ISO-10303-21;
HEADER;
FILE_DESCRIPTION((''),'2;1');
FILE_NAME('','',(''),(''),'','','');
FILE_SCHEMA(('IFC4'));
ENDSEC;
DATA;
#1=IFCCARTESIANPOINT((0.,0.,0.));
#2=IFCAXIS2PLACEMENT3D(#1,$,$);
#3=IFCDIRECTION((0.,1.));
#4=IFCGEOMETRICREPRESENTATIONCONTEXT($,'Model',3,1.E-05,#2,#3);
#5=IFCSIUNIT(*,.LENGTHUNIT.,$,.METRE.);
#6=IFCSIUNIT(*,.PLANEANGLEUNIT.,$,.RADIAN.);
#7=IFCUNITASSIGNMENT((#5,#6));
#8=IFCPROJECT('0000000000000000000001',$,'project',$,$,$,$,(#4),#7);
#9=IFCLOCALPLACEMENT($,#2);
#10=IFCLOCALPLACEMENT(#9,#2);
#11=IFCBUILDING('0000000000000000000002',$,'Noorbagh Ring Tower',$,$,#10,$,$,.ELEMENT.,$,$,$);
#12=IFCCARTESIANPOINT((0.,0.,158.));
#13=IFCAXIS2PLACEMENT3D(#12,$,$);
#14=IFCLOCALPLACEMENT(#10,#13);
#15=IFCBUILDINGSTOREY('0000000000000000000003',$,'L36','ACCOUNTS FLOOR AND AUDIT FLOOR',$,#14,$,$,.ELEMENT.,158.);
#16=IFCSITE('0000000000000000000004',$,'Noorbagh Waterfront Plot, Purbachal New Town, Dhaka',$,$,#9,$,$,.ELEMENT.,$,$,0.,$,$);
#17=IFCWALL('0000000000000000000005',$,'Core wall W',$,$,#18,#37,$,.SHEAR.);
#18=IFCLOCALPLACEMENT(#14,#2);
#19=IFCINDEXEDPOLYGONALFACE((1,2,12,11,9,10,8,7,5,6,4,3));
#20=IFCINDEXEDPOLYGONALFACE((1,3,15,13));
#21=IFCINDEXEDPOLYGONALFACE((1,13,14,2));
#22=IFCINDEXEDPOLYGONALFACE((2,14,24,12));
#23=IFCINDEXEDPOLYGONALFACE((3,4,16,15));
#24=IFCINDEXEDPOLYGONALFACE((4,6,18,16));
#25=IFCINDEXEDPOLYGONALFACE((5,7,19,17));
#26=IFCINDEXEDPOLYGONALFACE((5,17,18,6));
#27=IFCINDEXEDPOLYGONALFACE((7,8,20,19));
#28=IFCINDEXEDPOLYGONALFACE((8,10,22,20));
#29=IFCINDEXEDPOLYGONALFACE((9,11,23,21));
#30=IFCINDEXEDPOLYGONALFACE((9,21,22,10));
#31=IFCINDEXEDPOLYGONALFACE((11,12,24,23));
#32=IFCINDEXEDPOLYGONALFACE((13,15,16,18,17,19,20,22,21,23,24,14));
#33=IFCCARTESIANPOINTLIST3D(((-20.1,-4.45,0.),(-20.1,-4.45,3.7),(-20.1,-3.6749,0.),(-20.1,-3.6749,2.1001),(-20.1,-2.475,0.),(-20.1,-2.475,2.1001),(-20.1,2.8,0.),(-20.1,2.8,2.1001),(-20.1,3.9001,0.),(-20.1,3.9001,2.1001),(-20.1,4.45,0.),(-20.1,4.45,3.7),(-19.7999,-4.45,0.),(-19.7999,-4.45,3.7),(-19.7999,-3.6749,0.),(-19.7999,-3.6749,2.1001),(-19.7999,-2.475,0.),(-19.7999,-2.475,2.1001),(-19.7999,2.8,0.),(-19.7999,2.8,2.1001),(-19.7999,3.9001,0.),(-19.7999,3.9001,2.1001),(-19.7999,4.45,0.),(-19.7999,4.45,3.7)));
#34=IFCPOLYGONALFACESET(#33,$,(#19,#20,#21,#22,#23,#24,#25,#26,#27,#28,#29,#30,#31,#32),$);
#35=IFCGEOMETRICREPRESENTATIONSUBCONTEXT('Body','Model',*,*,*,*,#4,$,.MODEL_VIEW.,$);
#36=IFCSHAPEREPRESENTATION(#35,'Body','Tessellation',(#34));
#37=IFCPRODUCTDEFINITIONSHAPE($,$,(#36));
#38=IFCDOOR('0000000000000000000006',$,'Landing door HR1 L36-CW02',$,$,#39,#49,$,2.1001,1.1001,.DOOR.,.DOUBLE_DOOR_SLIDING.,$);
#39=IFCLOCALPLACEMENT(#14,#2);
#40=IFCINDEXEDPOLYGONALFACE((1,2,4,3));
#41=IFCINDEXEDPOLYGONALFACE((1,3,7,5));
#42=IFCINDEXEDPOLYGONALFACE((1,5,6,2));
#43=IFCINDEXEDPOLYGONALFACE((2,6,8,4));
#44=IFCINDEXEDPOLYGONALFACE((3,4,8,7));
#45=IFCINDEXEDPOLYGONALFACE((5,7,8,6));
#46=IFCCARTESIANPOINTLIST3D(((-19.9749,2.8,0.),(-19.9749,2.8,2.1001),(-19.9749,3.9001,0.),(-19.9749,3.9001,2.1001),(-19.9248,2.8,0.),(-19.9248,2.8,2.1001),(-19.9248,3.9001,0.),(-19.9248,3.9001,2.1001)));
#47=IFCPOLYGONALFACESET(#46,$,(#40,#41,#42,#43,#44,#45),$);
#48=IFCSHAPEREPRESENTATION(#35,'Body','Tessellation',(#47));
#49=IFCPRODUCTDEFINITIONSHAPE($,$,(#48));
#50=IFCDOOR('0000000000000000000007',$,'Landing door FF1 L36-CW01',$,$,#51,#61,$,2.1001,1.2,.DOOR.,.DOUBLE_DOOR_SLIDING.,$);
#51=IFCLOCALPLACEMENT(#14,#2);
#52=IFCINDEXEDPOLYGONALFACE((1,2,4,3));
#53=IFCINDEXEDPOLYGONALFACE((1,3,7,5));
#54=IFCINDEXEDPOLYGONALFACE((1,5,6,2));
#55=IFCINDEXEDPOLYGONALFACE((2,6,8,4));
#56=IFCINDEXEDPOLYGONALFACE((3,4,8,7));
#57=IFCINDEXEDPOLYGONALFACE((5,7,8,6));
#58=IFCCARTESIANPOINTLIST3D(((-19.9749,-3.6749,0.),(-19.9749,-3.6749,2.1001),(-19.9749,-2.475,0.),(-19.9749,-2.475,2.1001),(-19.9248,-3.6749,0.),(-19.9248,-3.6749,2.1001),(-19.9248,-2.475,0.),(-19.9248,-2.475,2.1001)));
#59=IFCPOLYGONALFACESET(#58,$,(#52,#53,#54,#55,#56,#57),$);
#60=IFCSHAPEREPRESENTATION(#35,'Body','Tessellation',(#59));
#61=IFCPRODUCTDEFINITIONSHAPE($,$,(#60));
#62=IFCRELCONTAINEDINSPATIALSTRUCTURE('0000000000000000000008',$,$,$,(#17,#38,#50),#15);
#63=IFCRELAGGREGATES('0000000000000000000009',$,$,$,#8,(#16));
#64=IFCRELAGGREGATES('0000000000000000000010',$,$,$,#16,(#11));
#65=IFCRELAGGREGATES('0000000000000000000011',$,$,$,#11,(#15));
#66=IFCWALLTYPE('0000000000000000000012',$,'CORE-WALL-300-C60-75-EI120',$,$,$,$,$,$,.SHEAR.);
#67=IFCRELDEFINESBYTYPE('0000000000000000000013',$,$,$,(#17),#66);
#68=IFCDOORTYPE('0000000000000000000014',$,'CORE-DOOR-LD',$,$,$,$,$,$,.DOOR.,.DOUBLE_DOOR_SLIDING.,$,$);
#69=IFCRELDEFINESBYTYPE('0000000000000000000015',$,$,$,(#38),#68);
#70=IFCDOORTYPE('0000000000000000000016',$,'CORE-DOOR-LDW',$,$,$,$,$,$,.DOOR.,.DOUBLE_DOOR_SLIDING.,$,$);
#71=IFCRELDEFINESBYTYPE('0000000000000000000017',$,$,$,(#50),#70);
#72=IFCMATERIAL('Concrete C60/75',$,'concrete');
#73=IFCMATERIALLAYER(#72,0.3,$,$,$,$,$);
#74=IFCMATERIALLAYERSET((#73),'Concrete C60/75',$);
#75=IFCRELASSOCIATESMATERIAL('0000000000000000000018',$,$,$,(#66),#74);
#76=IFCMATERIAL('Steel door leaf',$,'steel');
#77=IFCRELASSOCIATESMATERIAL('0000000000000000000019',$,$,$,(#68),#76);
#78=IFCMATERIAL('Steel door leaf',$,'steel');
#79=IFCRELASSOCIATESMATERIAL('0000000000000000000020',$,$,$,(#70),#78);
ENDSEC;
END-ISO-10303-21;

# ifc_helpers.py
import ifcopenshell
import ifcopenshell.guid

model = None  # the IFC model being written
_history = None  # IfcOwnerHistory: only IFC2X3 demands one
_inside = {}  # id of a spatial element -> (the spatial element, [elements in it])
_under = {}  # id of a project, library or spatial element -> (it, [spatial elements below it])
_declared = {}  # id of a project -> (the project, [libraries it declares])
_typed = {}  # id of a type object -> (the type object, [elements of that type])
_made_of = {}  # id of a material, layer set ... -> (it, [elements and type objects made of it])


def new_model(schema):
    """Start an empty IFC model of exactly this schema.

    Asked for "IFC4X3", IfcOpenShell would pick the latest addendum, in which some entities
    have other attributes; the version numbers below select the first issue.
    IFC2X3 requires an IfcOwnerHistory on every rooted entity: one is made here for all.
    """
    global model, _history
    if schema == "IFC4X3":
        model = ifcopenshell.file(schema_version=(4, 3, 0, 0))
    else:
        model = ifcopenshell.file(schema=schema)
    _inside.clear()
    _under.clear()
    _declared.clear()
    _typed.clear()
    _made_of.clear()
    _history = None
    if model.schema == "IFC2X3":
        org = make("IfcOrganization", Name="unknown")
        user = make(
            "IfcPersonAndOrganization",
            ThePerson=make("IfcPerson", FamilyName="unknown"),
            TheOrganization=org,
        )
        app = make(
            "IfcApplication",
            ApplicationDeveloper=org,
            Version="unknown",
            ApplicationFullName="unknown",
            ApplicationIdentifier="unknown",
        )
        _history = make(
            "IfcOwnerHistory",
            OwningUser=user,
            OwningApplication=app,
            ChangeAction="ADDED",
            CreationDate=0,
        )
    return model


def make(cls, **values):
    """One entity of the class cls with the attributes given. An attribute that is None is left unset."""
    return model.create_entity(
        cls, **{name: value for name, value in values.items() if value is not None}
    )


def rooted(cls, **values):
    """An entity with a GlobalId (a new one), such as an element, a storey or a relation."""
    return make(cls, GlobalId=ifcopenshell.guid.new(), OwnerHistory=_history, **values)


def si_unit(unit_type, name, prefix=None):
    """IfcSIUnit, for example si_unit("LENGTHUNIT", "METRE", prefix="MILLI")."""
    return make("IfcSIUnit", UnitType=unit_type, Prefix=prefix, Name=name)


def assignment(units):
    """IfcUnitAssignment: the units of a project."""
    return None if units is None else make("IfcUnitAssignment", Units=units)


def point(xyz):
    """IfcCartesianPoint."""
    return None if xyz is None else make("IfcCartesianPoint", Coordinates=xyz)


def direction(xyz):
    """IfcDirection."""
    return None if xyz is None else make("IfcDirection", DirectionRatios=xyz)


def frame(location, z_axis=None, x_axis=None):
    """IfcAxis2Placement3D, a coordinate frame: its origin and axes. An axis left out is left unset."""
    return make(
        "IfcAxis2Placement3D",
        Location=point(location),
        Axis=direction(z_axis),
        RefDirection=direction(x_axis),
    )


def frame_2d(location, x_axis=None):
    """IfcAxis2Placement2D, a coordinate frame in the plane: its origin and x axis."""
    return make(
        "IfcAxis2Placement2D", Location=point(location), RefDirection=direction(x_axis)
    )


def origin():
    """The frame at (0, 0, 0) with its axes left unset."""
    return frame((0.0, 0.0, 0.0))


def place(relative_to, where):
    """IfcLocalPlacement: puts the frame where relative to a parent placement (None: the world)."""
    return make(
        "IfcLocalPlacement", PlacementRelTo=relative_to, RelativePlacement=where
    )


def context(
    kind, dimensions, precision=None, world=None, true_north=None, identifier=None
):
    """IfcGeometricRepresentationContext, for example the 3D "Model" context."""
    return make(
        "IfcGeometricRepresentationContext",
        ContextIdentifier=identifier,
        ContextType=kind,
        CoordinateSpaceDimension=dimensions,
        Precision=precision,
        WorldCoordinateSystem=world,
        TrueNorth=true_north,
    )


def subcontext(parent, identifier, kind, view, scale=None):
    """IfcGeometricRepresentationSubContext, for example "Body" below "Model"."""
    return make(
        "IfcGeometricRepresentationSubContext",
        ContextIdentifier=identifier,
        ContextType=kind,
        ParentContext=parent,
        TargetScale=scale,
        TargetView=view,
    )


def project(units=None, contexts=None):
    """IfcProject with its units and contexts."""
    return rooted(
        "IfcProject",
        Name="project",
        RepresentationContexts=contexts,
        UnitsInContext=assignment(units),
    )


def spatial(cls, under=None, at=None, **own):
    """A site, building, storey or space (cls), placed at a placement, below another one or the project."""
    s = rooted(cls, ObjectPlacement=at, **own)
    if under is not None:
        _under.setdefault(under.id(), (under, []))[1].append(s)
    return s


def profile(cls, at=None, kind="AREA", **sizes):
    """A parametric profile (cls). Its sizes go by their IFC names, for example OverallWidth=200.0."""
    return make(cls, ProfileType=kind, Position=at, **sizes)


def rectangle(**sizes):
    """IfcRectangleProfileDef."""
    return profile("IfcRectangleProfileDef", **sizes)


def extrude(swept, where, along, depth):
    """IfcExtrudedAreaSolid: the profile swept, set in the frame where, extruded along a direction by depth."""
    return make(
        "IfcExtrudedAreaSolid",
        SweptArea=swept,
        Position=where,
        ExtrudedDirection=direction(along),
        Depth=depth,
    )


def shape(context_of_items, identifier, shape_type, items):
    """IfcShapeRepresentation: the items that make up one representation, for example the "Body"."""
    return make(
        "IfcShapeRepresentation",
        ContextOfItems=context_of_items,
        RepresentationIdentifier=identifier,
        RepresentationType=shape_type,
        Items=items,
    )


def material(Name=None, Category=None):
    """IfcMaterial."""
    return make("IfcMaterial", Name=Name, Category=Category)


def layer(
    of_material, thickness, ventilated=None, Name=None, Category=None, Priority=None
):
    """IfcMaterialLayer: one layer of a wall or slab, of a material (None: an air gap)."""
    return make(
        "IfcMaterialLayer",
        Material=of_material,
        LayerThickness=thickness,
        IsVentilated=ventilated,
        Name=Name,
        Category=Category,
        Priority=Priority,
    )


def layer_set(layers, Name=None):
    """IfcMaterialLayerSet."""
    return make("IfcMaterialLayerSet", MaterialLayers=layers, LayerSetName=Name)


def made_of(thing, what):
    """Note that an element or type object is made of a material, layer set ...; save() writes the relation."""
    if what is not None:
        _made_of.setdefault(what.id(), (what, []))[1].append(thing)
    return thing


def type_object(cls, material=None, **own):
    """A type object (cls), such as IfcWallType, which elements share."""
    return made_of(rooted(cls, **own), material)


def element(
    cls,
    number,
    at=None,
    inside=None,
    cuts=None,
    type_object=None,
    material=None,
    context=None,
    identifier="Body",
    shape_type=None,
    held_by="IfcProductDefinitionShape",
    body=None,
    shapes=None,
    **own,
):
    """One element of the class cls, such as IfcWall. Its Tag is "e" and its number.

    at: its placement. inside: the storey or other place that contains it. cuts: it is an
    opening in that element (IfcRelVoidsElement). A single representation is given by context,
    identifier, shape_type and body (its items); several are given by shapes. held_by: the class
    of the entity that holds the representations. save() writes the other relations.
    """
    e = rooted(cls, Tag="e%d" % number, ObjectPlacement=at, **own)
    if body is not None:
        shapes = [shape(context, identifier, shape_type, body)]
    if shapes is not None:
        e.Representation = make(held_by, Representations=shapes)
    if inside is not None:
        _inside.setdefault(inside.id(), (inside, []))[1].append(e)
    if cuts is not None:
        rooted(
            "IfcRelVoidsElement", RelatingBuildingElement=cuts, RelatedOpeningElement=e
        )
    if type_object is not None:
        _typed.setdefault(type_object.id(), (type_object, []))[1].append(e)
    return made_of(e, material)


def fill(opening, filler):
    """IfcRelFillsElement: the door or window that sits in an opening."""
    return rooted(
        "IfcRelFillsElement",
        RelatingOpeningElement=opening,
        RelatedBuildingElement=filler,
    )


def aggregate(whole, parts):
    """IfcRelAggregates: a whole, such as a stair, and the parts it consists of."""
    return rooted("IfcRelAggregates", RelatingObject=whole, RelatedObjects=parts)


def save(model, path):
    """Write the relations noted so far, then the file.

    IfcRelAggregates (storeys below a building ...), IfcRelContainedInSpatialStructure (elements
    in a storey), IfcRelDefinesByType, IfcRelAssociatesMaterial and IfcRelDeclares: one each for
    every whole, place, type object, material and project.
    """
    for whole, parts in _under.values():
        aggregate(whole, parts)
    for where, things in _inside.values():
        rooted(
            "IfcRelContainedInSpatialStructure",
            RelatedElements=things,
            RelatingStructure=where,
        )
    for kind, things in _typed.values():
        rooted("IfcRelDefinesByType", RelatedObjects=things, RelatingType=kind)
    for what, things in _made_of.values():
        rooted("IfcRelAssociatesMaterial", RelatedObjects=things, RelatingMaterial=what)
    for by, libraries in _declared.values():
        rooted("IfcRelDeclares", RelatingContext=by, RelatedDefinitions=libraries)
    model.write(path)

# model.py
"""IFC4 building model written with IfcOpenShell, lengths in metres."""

from ifc_helpers import new_model, si_unit, direction, frame, frame_2d, origin, place, context, subcontext, project, spatial, rectangle, extrude, material, layer, layer_set, type_object, element, fill, save


model = new_model("IFC4")

# Units and contexts
model_context = context("Model", 3, precision=1e-05, world=origin(), true_north=direction((0.0, 1.0)))
body_context = subcontext(model_context, "Body", "Model", "MODEL_VIEW")
ifc_project = project(units=[si_unit("LENGTHUNIT", "METRE"), si_unit("PLANEANGLEUNIT", "RADIAN")], contexts=[model_context])

# Site, building, storey
site_placement = place(None, origin())
site = spatial("IfcSite", under=ifc_project, at=site_placement, Name="Noorbagh Waterfront Plot, Purbachal New Town, Dhaka", CompositionType="ELEMENT", RefElevation=0.0)
building_placement = place(site_placement, origin())
building = spatial("IfcBuilding", under=site, at=building_placement, Name="Noorbagh Ring Tower", CompositionType="ELEMENT")
storey_placement = place(building_placement, frame((0.0, 0.0, 158.0)))
storey = spatial("IfcBuildingStorey", under=building, at=storey_placement, Name="L36", Description="ACCOUNTS FLOOR AND AUDIT FLOOR", CompositionType="ELEMENT", Elevation=158.0)

# Shared definitions
ifc_material_1 = material(Name="Concrete C60/75", Category="concrete")
ifc_layer_1 = layer(ifc_material_1, 0.3)
ifc_layer_set_1 = layer_set([ifc_layer_1], Name="Concrete C60/75")
wall_type_1 = type_object("IfcWallType", Name="CORE-WALL-300-C60-75-EI120", PredefinedType="SHEAR", material=ifc_layer_set_1)

# Wall, openings, doors
wall_1_placement = place(storey_placement, frame((-19.95, -4.45, 0.0), z_axis=(0.0, 0.0, 1.0), x_axis=(0.0, 1.0, 0.0)))
wall_1 = element("IfcWall", 1, at=wall_1_placement, inside=storey, type_object=wall_type_1, Name="Core wall W", PredefinedType="SHEAR", context=body_context, shape_type="SweptSolid", body=[
    extrude(rectangle(XDim=8.8999, YDim=0.3, at=frame_2d((4.45, 0.0))), origin(), (0.0, 0.0, 1.0), 3.7),
])
opening_1_placement = place(wall_1_placement, frame((0.7749, 0.0, 0.0)))
opening_1 = element("IfcOpeningElement", 2, at=opening_1_placement, cuts=wall_1, PredefinedType="OPENING", context=body_context, shape_type="SweptSolid", body=[
    extrude(rectangle(XDim=1.2, YDim=2.1001, at=frame_2d((0.6001, 1.05))), frame((0.0, 0.1602, 0.0), z_axis=(0.0, -1.0, 0.0), x_axis=(1.0, 0.0, 0.0)), (0.0, 0.0, 1.0), 0.3201),
])
opening_2_placement = place(wall_1_placement, frame((7.25, 0.0, 0.0)))
opening_2 = element("IfcOpeningElement", 3, at=opening_2_placement, cuts=wall_1, PredefinedType="OPENING", context=body_context, shape_type="SweptSolid", body=[
    extrude(rectangle(XDim=1.1001, YDim=2.1001, at=frame_2d((0.55, 1.05))), frame((0.0, 0.1602, 0.0), z_axis=(0.0, -1.0, 0.0), x_axis=(1.0, 0.0, 0.0)), (0.0, 0.0, 1.0), 0.3201),
])
ifc_material_2 = material(Name="Steel door leaf", Category="steel")
door_type_1 = type_object("IfcDoorType", Name="CORE-DOOR-LD", OperationType="DOUBLE_DOOR_SLIDING", PredefinedType="DOOR", material=ifc_material_2)
door_1_placement = place(opening_2_placement, origin())
door_1 = element("IfcDoor", 4, at=door_1_placement, inside=storey, type_object=door_type_1, Name="Landing door HR1 L36-CW02", OperationType="DOUBLE_DOOR_SLIDING", OverallHeight=2.1001, OverallWidth=1.1001, PredefinedType="DOOR", context=body_context, shape_type="SweptSolid", body=[
    extrude(rectangle(XDim=1.1001, YDim=2.1001, at=frame_2d((0.55, 1.05))), frame((0.0, 0.0249, 0.0), z_axis=(0.0, -1.0, 0.0), x_axis=(1.0, 0.0, 0.0)), (0.0, 0.0, 1.0), 0.05),
])
fill(opening_2, door_1)
ifc_material_3 = material(Name="Steel door leaf", Category="steel")
door_type_2 = type_object("IfcDoorType", Name="CORE-DOOR-LDW", OperationType="DOUBLE_DOOR_SLIDING", PredefinedType="DOOR", material=ifc_material_3)
door_2_placement = place(opening_1_placement, origin())
door_2 = element("IfcDoor", 5, at=door_2_placement, inside=storey, type_object=door_type_2, Name="Landing door FF1 L36-CW01", OperationType="DOUBLE_DOOR_SLIDING", OverallHeight=2.1001, OverallWidth=1.2, PredefinedType="DOOR", context=body_context, shape_type="SweptSolid", body=[
    extrude(rectangle(XDim=1.2, YDim=2.1001, at=frame_2d((0.6001, 1.05))), frame((0.0, 0.0249, 0.0), z_axis=(0.0, -1.0, 0.0), x_axis=(1.0, 0.0, 0.0)), (0.0, 0.0, 1.0), 0.05),
])
fill(opening_1, door_2)

save(model, "model.ifc")
